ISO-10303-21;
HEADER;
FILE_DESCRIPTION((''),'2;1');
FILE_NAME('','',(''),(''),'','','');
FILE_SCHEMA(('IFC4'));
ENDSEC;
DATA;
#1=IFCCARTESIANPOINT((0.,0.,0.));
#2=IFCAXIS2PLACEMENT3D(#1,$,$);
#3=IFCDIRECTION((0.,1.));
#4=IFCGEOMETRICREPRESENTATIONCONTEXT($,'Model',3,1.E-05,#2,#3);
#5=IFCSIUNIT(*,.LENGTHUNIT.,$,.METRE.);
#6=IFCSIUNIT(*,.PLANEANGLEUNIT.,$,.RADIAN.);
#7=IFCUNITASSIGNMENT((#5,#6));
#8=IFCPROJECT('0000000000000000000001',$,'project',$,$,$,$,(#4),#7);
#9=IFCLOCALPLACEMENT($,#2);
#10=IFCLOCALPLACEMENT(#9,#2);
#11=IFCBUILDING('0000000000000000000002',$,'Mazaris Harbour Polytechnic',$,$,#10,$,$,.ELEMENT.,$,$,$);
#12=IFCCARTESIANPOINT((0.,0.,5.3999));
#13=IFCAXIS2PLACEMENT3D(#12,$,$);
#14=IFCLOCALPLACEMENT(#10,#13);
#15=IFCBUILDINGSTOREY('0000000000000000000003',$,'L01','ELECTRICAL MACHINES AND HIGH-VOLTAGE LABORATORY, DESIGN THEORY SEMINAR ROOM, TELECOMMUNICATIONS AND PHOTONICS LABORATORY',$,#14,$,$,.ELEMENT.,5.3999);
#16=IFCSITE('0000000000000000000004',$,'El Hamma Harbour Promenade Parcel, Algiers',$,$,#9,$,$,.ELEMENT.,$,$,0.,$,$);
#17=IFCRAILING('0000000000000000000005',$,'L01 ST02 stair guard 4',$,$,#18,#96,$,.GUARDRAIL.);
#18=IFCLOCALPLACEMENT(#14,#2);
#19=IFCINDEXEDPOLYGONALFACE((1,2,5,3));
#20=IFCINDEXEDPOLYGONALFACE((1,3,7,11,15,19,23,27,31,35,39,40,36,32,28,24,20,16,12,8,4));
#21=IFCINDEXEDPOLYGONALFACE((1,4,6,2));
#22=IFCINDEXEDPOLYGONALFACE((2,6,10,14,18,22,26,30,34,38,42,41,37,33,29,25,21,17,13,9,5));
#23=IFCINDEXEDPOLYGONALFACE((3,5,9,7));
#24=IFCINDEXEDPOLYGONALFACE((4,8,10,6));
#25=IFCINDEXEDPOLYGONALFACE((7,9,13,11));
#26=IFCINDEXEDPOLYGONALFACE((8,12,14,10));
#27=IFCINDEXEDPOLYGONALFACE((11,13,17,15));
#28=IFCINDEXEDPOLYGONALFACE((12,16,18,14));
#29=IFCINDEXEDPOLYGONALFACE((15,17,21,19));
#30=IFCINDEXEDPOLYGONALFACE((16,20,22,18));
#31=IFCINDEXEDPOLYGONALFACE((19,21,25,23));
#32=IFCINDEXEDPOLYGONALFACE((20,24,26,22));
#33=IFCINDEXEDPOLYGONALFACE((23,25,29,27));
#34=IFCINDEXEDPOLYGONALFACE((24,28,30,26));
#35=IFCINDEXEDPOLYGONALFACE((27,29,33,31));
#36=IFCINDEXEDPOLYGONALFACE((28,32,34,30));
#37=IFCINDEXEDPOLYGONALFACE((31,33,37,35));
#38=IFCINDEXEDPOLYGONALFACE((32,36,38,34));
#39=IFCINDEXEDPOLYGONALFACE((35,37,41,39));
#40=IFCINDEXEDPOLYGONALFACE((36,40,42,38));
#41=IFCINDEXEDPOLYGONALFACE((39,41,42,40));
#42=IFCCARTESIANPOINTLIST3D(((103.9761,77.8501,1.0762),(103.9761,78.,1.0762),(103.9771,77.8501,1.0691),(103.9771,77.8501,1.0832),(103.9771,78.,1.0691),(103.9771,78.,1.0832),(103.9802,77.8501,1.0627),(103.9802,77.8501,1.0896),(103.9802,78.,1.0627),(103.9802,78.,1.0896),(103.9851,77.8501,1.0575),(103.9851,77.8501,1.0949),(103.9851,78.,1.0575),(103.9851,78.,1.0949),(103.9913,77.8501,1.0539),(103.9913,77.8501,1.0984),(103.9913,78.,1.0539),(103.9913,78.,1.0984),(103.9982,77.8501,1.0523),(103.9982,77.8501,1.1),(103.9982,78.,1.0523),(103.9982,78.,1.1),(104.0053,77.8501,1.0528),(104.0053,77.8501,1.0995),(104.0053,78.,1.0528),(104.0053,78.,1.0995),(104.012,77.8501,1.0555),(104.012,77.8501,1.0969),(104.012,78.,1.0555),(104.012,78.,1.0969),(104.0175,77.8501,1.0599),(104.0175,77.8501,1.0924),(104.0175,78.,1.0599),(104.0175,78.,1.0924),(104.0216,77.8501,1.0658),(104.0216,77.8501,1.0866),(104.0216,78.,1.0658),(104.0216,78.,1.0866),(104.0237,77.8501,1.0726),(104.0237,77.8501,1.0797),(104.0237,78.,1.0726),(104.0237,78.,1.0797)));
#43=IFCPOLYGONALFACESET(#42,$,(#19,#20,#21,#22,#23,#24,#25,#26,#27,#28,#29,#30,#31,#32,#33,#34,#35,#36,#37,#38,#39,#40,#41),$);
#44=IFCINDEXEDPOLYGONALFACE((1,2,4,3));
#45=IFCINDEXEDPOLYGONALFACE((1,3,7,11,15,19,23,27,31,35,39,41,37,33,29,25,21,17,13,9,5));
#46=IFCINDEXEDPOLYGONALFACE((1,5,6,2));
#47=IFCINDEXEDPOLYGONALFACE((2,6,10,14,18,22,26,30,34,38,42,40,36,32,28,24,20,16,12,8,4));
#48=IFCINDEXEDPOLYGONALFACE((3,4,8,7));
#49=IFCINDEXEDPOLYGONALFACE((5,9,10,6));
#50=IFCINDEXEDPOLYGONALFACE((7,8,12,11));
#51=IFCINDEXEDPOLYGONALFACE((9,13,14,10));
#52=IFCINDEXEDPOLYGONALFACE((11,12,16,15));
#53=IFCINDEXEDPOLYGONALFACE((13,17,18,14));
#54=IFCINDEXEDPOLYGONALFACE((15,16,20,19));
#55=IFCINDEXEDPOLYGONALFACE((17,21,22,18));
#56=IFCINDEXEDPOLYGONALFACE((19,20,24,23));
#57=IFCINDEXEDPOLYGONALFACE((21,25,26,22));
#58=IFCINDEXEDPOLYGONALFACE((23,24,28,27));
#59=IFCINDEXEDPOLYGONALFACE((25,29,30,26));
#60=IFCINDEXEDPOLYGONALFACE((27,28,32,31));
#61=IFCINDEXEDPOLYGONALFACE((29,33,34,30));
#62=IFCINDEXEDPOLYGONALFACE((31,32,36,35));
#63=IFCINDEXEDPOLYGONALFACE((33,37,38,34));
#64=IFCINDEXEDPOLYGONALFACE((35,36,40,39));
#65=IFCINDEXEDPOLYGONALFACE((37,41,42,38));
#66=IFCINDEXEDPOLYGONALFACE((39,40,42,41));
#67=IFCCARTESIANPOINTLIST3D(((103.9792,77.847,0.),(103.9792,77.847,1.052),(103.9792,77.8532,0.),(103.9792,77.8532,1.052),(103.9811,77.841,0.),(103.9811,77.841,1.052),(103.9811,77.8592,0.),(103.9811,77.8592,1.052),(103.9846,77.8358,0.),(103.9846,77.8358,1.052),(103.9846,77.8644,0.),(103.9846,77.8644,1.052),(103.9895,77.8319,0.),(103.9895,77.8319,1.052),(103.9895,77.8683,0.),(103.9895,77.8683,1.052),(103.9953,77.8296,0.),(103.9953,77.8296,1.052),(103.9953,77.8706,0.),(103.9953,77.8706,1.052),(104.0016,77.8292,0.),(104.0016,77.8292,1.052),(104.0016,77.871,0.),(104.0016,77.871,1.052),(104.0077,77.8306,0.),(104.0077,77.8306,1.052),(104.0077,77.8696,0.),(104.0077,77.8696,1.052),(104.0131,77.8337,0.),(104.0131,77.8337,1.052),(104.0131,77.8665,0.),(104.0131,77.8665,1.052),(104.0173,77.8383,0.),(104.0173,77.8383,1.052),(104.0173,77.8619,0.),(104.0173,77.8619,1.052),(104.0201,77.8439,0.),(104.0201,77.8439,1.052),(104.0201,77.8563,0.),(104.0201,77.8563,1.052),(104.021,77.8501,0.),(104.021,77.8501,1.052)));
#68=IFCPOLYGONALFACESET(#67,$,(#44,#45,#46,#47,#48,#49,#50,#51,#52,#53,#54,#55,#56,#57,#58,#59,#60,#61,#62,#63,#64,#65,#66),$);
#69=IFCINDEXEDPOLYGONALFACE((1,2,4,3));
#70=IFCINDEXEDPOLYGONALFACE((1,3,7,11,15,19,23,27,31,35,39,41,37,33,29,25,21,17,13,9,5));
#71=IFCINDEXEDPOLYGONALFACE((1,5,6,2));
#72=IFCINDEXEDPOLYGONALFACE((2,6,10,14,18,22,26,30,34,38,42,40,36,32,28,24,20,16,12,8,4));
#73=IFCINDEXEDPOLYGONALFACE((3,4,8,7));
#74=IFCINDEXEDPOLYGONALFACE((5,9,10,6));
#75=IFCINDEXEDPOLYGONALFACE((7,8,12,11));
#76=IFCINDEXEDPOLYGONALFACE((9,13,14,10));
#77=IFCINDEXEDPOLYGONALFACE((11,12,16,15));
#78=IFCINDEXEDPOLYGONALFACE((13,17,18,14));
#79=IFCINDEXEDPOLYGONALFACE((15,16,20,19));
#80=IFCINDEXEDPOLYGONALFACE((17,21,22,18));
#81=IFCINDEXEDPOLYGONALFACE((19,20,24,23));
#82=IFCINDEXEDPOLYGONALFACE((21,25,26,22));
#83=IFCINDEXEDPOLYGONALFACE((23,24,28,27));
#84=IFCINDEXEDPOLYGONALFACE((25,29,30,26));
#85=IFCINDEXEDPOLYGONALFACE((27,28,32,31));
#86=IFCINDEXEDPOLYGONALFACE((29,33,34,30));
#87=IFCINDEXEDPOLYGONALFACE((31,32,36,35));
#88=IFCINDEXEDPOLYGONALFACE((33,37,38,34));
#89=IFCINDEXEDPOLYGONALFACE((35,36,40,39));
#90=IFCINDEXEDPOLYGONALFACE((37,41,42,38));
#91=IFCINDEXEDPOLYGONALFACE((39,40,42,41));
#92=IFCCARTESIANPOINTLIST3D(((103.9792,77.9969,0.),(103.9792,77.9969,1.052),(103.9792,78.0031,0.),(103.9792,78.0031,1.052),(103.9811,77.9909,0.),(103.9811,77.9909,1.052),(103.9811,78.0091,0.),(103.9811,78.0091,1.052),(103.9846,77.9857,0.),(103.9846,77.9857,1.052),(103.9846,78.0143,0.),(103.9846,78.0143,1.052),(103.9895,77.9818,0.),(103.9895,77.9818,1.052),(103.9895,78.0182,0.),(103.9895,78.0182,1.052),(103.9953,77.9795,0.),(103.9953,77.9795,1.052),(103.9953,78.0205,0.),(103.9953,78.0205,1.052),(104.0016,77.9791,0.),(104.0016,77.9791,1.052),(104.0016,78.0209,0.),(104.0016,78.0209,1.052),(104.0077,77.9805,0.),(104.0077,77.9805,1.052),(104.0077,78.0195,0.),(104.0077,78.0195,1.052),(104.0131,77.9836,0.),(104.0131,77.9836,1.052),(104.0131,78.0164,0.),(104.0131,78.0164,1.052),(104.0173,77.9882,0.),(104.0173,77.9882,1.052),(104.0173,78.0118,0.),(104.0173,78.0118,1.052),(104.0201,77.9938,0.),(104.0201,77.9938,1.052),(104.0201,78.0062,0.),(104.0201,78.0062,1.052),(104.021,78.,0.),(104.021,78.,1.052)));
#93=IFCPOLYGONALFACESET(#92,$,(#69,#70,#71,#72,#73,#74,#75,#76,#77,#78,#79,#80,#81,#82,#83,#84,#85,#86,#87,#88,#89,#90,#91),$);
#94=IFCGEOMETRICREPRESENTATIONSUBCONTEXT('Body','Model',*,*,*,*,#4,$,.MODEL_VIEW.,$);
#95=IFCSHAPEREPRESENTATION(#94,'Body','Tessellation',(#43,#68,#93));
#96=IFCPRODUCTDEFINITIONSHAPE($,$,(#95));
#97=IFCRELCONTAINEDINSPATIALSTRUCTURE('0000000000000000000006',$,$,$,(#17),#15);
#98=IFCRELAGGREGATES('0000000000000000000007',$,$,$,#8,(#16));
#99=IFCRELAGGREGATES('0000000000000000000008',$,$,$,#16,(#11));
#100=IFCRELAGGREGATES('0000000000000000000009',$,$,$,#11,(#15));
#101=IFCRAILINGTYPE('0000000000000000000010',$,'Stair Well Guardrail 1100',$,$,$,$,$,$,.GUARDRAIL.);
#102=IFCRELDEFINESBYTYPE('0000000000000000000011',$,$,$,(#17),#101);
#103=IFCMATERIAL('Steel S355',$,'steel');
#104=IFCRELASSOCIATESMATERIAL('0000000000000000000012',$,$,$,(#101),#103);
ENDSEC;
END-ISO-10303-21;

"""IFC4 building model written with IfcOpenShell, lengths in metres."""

from ifc_helpers import new_model, si_unit, direction, frame, origin, origin_2d, place, context, subcontext, project, spatial, circle, extrude, material, type_object, element, save


model = new_model("IFC4")

# Units and contexts
model_context = context("Model", 3, precision=1e-05, world=origin(), true_north=direction((0.0, 1.0)))
body_context = subcontext(model_context, "Body", "Model", "MODEL_VIEW")
ifc_project = project(units=[si_unit("LENGTHUNIT", "METRE"), si_unit("PLANEANGLEUNIT", "RADIAN")], contexts=[model_context])

# Site, building, storey
site_placement = place(None, origin())
site = spatial("IfcSite", under=ifc_project, at=site_placement, Name="El Hamma Harbour Promenade Parcel, Algiers", CompositionType="ELEMENT", RefElevation=0.0)
building_placement = place(site_placement, origin())
building = spatial("IfcBuilding", under=site, at=building_placement, Name="Mazaris Harbour Polytechnic", CompositionType="ELEMENT")
storey_placement = place(building_placement, frame((0.0, 0.0, 5.3999)))
storey = spatial("IfcBuildingStorey", under=building, at=storey_placement, Name="L01", Description="ELECTRICAL MACHINES AND HIGH-VOLTAGE LABORATORY, DESIGN THEORY SEMINAR ROOM, TELECOMMUNICATIONS AND PHOTONICS LABORATORY", CompositionType="ELEMENT", Elevation=5.3999)

# Railing
ifc_material_1 = material(Name="Steel S355", Category="steel")
railing_type_1 = type_object("IfcRailingType", Name="Stair Well Guardrail 1100", PredefinedType="GUARDRAIL", material=ifc_material_1)
railing_1_placement = place(storey_placement, frame((104.0, 77.8501, 0.0)))
element("IfcRailing", 1, at=railing_1_placement, inside=storey, type_object=railing_type_1, Name="L01 ST02 stair guard 4", PredefinedType="GUARDRAIL", context=body_context, shape_type="SweptSolid", body=[
    extrude(circle(Radius=0.0239, at=origin_2d()), frame((0.0, 0.0, 1.0762), z_axis=(0.0, 1.0, 0.0), x_axis=(-1.0, 0.0, 0.0)), (0.0, 0.0, 1.0), 0.1499),
    extrude(circle(Radius=0.021, at=origin_2d()), origin(), (0.0, 0.0, 1.0), 1.052),
    extrude(circle(Radius=0.021, at=origin_2d()), frame((0.0, 0.1499, 0.0)), (0.0, 0.0, 1.0), 1.052),
])

save(model, "model.ifc")
